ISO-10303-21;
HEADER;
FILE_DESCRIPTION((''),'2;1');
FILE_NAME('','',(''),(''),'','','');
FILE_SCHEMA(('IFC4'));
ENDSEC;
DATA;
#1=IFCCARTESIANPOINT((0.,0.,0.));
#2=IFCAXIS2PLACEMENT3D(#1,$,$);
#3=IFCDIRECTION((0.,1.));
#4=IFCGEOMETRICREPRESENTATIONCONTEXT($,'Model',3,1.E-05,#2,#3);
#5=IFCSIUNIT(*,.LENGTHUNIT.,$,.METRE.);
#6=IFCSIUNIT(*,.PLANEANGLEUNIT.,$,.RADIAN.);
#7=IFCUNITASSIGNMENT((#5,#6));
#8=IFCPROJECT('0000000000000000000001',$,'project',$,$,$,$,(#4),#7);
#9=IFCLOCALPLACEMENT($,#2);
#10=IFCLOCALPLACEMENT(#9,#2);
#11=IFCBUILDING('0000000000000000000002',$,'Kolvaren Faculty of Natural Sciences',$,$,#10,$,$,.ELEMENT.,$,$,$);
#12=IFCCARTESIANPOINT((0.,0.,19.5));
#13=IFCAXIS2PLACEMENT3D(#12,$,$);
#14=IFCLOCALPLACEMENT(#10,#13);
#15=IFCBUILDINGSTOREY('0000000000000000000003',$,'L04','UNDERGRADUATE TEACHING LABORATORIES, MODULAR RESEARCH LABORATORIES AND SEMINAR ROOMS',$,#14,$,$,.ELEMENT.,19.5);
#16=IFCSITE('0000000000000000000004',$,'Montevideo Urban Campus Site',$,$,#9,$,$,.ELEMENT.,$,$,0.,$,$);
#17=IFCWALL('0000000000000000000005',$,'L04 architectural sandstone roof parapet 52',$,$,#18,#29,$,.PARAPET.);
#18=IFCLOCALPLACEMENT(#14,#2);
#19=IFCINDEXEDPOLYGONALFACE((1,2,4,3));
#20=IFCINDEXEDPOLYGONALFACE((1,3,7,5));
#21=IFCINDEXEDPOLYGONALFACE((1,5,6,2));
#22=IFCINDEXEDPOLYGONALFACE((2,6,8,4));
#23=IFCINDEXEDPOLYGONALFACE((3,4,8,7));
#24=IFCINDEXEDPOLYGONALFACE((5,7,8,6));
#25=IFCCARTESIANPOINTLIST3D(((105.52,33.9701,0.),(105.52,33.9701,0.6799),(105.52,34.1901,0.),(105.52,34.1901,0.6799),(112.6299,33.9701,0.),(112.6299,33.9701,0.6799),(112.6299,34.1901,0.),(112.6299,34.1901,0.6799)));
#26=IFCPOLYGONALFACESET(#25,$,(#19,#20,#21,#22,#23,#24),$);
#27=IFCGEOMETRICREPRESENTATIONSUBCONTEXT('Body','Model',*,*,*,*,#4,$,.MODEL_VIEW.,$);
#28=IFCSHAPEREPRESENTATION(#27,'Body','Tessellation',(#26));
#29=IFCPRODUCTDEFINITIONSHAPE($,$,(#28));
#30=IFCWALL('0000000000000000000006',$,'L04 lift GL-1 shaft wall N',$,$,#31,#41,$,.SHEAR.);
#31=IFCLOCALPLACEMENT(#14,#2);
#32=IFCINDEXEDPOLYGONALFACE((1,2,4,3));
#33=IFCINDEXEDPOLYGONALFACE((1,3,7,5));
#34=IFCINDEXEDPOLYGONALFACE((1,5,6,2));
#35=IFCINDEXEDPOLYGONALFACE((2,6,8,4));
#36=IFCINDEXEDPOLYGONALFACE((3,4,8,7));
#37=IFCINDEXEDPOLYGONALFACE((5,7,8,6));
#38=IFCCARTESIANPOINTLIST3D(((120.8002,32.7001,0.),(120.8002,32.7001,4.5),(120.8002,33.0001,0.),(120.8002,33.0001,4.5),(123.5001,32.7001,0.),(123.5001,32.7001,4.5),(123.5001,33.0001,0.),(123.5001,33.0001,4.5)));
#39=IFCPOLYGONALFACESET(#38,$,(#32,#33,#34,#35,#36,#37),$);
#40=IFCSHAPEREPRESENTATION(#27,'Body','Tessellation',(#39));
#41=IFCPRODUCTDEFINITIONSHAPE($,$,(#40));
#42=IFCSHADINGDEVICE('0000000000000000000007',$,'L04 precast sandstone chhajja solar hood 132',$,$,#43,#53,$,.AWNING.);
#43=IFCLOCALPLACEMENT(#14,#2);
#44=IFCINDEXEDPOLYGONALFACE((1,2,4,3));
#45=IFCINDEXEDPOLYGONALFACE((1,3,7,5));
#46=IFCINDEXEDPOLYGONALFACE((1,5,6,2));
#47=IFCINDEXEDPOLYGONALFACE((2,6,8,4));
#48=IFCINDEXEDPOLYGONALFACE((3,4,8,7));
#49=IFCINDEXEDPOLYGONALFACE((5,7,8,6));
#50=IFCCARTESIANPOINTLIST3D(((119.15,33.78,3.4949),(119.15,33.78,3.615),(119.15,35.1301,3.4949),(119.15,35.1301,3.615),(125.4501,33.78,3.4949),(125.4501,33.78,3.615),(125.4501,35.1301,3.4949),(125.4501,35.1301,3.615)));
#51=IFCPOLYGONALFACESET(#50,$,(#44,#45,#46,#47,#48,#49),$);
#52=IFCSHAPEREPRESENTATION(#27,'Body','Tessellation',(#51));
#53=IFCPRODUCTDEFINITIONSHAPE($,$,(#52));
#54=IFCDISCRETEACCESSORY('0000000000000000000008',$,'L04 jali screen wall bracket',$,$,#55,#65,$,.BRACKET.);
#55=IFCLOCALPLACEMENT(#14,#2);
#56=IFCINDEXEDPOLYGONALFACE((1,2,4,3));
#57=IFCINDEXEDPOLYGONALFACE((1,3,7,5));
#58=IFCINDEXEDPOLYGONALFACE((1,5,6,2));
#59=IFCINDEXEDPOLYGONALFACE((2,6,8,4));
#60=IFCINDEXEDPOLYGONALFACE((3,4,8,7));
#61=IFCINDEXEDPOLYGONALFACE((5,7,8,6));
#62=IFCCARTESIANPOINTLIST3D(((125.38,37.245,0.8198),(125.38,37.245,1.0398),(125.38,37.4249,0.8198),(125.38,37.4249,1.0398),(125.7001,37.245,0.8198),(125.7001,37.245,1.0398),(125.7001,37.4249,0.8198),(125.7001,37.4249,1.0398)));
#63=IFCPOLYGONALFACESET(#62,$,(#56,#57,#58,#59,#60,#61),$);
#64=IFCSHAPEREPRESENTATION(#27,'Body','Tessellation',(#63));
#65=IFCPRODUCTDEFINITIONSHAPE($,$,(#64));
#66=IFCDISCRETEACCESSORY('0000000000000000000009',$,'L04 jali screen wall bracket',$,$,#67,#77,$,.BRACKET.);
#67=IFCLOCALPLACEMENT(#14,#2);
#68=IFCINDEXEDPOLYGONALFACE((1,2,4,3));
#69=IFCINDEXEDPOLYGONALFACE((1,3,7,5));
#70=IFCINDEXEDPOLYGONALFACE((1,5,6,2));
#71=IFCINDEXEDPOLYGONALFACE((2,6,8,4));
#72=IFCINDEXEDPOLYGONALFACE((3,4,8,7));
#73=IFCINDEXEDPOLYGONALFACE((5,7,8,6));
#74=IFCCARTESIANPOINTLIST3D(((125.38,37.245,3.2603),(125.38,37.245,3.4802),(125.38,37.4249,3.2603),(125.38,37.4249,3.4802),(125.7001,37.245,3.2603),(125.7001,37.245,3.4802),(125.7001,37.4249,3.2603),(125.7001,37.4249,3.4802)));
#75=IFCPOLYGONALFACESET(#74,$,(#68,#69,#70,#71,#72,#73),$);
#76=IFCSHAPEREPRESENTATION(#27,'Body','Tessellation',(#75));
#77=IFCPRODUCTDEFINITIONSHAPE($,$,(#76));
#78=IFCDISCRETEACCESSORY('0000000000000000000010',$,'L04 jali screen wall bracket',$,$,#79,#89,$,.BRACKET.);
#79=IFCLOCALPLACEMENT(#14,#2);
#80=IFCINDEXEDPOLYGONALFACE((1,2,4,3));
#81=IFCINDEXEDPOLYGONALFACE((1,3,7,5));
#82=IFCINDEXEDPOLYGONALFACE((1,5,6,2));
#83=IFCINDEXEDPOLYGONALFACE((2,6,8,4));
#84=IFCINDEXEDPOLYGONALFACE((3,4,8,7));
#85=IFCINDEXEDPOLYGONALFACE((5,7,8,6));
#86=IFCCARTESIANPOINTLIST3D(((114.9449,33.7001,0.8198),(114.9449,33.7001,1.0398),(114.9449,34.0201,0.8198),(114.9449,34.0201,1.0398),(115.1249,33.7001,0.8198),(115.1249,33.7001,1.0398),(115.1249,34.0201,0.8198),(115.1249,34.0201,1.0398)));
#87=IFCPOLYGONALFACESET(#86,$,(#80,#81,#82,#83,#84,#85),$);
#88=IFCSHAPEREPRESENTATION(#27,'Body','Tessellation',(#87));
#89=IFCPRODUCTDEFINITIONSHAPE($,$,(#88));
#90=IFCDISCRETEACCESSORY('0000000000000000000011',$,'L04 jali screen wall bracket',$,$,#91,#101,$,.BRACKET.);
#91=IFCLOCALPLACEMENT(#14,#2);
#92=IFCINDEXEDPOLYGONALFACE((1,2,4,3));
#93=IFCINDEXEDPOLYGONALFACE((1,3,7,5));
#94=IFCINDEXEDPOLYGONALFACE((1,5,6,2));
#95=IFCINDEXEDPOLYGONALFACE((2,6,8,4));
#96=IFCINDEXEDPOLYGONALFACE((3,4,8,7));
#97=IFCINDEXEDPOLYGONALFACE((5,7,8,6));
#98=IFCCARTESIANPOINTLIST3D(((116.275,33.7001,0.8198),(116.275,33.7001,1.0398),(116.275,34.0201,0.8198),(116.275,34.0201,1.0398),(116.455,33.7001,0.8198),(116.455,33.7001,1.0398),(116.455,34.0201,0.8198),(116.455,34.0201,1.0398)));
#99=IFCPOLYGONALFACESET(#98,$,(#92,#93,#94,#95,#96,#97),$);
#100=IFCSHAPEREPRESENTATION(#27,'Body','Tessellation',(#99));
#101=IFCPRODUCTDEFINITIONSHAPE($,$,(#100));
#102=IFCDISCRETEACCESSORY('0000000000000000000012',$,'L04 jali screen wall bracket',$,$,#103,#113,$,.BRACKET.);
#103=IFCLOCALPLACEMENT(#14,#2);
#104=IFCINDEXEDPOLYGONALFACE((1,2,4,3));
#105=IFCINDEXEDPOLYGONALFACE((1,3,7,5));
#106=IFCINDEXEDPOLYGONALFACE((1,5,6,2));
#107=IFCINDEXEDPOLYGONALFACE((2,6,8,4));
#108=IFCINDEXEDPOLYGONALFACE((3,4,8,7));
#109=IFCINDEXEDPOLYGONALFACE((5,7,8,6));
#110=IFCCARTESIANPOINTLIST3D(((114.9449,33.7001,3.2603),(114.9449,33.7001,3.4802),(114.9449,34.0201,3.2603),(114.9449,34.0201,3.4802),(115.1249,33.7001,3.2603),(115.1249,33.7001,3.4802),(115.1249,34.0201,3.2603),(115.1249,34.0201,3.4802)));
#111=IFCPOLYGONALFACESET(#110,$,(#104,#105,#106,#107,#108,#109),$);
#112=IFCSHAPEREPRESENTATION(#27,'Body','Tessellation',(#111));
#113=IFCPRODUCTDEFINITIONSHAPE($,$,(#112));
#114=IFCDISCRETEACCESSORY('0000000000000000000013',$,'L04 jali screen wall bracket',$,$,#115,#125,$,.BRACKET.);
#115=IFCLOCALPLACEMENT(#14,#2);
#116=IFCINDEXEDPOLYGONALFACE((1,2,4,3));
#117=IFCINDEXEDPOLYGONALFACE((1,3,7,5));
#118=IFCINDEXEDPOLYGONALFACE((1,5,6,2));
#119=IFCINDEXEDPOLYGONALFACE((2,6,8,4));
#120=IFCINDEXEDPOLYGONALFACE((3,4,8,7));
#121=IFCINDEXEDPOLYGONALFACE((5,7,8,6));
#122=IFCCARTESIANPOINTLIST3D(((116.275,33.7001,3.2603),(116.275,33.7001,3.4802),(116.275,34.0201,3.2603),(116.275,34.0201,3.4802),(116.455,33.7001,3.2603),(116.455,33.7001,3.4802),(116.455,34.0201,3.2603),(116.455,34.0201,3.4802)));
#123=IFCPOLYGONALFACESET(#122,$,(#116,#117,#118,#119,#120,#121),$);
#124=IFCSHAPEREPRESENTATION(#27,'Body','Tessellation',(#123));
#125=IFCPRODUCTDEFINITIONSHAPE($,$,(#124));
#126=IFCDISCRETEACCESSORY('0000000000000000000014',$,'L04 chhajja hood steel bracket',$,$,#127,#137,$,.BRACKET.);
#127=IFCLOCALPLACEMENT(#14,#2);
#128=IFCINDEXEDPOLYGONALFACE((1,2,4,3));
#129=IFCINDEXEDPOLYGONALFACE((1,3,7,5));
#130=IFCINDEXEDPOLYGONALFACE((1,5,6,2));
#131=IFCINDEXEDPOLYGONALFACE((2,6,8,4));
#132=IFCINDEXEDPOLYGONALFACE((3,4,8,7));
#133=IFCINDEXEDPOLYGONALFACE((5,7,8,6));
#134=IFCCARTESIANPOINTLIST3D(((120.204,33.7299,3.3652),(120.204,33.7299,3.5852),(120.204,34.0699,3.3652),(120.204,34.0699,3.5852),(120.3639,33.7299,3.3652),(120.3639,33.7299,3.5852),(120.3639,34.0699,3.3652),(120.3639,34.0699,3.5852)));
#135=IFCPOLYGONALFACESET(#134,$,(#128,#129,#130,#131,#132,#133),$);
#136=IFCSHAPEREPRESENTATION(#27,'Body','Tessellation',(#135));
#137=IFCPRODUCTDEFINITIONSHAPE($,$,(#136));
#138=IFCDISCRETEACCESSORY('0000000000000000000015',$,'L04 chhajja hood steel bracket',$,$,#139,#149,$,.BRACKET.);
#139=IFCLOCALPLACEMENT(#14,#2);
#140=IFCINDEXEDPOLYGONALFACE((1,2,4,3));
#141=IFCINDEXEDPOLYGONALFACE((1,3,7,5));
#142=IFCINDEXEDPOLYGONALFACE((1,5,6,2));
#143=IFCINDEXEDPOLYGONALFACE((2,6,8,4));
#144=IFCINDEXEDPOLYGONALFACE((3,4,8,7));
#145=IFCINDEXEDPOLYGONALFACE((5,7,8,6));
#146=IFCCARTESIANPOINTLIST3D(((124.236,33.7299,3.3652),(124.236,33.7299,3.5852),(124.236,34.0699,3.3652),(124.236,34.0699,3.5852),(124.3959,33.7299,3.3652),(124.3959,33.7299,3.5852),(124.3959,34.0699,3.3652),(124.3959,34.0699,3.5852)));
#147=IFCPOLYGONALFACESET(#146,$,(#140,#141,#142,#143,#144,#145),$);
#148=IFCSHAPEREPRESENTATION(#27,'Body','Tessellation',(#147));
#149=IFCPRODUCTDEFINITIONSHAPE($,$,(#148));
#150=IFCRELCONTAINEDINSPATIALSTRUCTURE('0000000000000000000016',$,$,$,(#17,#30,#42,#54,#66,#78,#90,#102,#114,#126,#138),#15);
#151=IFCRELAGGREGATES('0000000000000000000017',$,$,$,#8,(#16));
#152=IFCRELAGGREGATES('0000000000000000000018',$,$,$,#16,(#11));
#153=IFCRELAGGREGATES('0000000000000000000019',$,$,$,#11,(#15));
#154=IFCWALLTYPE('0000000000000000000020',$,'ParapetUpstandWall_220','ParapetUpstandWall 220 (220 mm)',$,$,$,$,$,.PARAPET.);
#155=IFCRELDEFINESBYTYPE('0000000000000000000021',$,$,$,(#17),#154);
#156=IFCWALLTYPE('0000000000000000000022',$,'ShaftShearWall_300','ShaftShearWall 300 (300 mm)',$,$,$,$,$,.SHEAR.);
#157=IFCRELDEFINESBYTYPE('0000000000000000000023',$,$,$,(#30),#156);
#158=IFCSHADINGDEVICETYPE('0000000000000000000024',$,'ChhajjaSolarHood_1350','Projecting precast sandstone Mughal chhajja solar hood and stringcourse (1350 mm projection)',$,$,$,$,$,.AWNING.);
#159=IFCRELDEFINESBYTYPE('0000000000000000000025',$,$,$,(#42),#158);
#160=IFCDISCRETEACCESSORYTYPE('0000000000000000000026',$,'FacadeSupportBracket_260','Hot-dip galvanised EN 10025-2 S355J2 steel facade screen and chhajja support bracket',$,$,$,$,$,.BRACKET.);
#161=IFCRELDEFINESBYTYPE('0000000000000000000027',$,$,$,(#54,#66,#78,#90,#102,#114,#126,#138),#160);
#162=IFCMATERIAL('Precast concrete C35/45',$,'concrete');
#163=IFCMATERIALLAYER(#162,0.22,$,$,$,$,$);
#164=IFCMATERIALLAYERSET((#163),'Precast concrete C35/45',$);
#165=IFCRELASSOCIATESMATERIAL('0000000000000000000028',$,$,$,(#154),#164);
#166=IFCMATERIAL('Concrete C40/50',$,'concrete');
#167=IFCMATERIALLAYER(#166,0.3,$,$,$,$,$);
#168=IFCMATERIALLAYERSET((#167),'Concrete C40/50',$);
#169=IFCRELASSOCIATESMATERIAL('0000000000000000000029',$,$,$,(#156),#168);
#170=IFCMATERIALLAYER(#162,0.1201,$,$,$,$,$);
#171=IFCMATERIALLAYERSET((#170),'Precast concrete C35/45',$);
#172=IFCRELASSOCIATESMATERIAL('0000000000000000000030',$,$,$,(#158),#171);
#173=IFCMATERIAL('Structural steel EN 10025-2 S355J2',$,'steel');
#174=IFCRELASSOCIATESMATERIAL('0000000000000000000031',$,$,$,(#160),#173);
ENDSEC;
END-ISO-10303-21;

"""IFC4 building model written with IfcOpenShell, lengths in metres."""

from ifc_helpers import new_model, si_unit, direction, frame, frame_2d, origin, origin_2d, place, context, subcontext, project, spatial, rectangle, extrude, material, layer, layer_set, type_object, element, save


model = new_model("IFC4")

# Units and contexts
model_context = context("Model", 3, precision=1e-05, world=origin(), true_north=direction((0.0, 1.0)))
body_context = subcontext(model_context, "Body", "Model", "MODEL_VIEW")
ifc_project = project(units=[si_unit("LENGTHUNIT", "METRE"), si_unit("PLANEANGLEUNIT", "RADIAN")], contexts=[model_context])

# Site, building, storey
site_placement = place(None, origin())
site = spatial("IfcSite", under=ifc_project, at=site_placement, Name="Montevideo Urban Campus Site", CompositionType="ELEMENT", RefElevation=0.0)
building_placement = place(site_placement, origin())
building = spatial("IfcBuilding", under=site, at=building_placement, Name="Kolvaren Faculty of Natural Sciences", CompositionType="ELEMENT")
storey_placement = place(building_placement, frame((0.0, 0.0, 19.5)))
storey = spatial("IfcBuildingStorey", under=building, at=storey_placement, Name="L04", Description="UNDERGRADUATE TEACHING LABORATORIES, MODULAR RESEARCH LABORATORIES AND SEMINAR ROOMS", CompositionType="ELEMENT", Elevation=19.5)

# Walls
ifc_material_1 = material(Name="Precast concrete C35/45", Category="concrete")
ifc_layer_1 = layer(ifc_material_1, 0.22)
ifc_layer_set_1 = layer_set([ifc_layer_1], Name="Precast concrete C35/45")
wall_type_1 = type_object("IfcWallType", Name="ParapetUpstandWall_220", Description="ParapetUpstandWall 220 (220 mm)", PredefinedType="PARAPET", material=ifc_layer_set_1)
wall_1_placement = place(storey_placement, frame((105.52, 34.0801, 0.0), z_axis=(0.0, 0.0, 1.0), x_axis=(1.0, 0.0, 0.0)))
element("IfcWall", 1, at=wall_1_placement, inside=storey, type_object=wall_type_1, Name="L04 architectural sandstone roof parapet 52", PredefinedType="PARAPET", context=body_context, shape_type="SweptSolid", body=[
    extrude(rectangle(XDim=7.1099, YDim=0.22, at=frame_2d((3.5549, 0.0))), origin(), (0.0, 0.0, 1.0), 0.6799),
])
ifc_material_2 = material(Name="Concrete C40/50", Category="concrete")
ifc_layer_2 = layer(ifc_material_2, 0.3)
ifc_layer_set_2 = layer_set([ifc_layer_2], Name="Concrete C40/50")
wall_type_2 = type_object("IfcWallType", Name="ShaftShearWall_300", Description="ShaftShearWall 300 (300 mm)", PredefinedType="SHEAR", material=ifc_layer_set_2)
wall_2_placement = place(storey_placement, frame((120.8, 32.8501, 0.0), z_axis=(0.0, 0.0, 1.0), x_axis=(1.0, 0.0, 0.0)))
element("IfcWall", 2, at=wall_2_placement, inside=storey, type_object=wall_type_2, Name="L04 lift GL-1 shaft wall N", PredefinedType="SHEAR", context=body_context, shape_type="SweptSolid", body=[
    extrude(rectangle(XDim=2.7, YDim=0.3, at=frame_2d((1.3501, 0.0))), origin(), (0.0, 0.0, 1.0), 4.5),
])

# Shading device
ifc_layer_3 = layer(ifc_material_1, 0.1201)
ifc_layer_set_3 = layer_set([ifc_layer_3], Name="Precast concrete C35/45")
shading_device_type = type_object("IfcShadingDeviceType", Name="ChhajjaSolarHood_1350", Description="Projecting precast sandstone Mughal chhajja solar hood and stringcourse (1350 mm projection)", PredefinedType="AWNING", material=ifc_layer_set_3)
shading_device_placement = place(storey_placement, frame((122.3, 34.4551, 3.4949), z_axis=(0.0, 0.0, 1.0), x_axis=(1.0, 0.0, 0.0)))
element("IfcShadingDevice", 3, at=shading_device_placement, inside=storey, type_object=shading_device_type, Name="L04 precast sandstone chhajja solar hood 132", PredefinedType="AWNING", context=body_context, shape_type="SweptSolid", body=[
    extrude(rectangle(XDim=6.3, YDim=1.3501, at=origin_2d()), origin(), (0.0, 0.0, 1.0), 0.1201),
])

# Discrete accessories
ifc_material_3 = material(Name="Structural steel EN 10025-2 S355J2", Category="steel")
discrete_accessory_type = type_object("IfcDiscreteAccessoryType", Name="FacadeSupportBracket_260", Description="Hot-dip galvanised EN 10025-2 S355J2 steel facade screen and chhajja support bracket", PredefinedType="BRACKET", material=ifc_material_3)
for number, where, z_axis, x_axis, name in (
    (4, (125.54, 37.335, 0.8198), (0.0, 0.0, 1.0), (0.0, 1.0, 0.0), "L04 jali screen wall bracket"),
    (5, (125.54, 37.335, 3.2603), (0.0, 0.0, 1.0), (0.0, 1.0, 0.0), "L04 jali screen wall bracket"),
    (6, (115.0349, 33.8601, 0.8198), (0.0, 0.0, 1.0), (1.0, 0.0, 0.0), "L04 jali screen wall bracket"),
    (7, (116.365, 33.8601, 0.8198), (0.0, 0.0, 1.0), (1.0, 0.0, 0.0), "L04 jali screen wall bracket"),
    (8, (115.0349, 33.8601, 3.2603), (0.0, 0.0, 1.0), (1.0, 0.0, 0.0), "L04 jali screen wall bracket"),
    (9, (116.365, 33.8601, 3.2603), (0.0, 0.0, 1.0), (1.0, 0.0, 0.0), "L04 jali screen wall bracket"),
):
    element("IfcDiscreteAccessory", number, at=place(storey_placement, frame(where, z_axis=z_axis, x_axis=x_axis)), inside=storey, type_object=discrete_accessory_type, Name=name, PredefinedType="BRACKET", context=body_context, shape_type="SweptSolid", body=[
        extrude(rectangle(XDim=0.1799, YDim=0.3201, at=origin_2d()), origin(), (0.0, 0.0, 1.0), 0.22),
    ])
for number, where, z_axis, x_axis, name in (
    (10, (120.2839, 33.8999, 3.3652), (0.0, 0.0, 1.0), (1.0, 0.0, 0.0), "L04 chhajja hood steel bracket"),
    (11, (124.3159, 33.8999, 3.3652), (0.0, 0.0, 1.0), (1.0, 0.0, 0.0), "L04 chhajja hood steel bracket"),
):
    element("IfcDiscreteAccessory", number, at=place(storey_placement, frame(where, z_axis=z_axis, x_axis=x_axis)), inside=storey, type_object=discrete_accessory_type, Name=name, PredefinedType="BRACKET", context=body_context, shape_type="SweptSolid", body=[
        extrude(rectangle(XDim=0.1599, YDim=0.3401, at=origin_2d()), origin(), (0.0, 0.0, 1.0), 0.22),
    ])

save(model, "model.ifc")
